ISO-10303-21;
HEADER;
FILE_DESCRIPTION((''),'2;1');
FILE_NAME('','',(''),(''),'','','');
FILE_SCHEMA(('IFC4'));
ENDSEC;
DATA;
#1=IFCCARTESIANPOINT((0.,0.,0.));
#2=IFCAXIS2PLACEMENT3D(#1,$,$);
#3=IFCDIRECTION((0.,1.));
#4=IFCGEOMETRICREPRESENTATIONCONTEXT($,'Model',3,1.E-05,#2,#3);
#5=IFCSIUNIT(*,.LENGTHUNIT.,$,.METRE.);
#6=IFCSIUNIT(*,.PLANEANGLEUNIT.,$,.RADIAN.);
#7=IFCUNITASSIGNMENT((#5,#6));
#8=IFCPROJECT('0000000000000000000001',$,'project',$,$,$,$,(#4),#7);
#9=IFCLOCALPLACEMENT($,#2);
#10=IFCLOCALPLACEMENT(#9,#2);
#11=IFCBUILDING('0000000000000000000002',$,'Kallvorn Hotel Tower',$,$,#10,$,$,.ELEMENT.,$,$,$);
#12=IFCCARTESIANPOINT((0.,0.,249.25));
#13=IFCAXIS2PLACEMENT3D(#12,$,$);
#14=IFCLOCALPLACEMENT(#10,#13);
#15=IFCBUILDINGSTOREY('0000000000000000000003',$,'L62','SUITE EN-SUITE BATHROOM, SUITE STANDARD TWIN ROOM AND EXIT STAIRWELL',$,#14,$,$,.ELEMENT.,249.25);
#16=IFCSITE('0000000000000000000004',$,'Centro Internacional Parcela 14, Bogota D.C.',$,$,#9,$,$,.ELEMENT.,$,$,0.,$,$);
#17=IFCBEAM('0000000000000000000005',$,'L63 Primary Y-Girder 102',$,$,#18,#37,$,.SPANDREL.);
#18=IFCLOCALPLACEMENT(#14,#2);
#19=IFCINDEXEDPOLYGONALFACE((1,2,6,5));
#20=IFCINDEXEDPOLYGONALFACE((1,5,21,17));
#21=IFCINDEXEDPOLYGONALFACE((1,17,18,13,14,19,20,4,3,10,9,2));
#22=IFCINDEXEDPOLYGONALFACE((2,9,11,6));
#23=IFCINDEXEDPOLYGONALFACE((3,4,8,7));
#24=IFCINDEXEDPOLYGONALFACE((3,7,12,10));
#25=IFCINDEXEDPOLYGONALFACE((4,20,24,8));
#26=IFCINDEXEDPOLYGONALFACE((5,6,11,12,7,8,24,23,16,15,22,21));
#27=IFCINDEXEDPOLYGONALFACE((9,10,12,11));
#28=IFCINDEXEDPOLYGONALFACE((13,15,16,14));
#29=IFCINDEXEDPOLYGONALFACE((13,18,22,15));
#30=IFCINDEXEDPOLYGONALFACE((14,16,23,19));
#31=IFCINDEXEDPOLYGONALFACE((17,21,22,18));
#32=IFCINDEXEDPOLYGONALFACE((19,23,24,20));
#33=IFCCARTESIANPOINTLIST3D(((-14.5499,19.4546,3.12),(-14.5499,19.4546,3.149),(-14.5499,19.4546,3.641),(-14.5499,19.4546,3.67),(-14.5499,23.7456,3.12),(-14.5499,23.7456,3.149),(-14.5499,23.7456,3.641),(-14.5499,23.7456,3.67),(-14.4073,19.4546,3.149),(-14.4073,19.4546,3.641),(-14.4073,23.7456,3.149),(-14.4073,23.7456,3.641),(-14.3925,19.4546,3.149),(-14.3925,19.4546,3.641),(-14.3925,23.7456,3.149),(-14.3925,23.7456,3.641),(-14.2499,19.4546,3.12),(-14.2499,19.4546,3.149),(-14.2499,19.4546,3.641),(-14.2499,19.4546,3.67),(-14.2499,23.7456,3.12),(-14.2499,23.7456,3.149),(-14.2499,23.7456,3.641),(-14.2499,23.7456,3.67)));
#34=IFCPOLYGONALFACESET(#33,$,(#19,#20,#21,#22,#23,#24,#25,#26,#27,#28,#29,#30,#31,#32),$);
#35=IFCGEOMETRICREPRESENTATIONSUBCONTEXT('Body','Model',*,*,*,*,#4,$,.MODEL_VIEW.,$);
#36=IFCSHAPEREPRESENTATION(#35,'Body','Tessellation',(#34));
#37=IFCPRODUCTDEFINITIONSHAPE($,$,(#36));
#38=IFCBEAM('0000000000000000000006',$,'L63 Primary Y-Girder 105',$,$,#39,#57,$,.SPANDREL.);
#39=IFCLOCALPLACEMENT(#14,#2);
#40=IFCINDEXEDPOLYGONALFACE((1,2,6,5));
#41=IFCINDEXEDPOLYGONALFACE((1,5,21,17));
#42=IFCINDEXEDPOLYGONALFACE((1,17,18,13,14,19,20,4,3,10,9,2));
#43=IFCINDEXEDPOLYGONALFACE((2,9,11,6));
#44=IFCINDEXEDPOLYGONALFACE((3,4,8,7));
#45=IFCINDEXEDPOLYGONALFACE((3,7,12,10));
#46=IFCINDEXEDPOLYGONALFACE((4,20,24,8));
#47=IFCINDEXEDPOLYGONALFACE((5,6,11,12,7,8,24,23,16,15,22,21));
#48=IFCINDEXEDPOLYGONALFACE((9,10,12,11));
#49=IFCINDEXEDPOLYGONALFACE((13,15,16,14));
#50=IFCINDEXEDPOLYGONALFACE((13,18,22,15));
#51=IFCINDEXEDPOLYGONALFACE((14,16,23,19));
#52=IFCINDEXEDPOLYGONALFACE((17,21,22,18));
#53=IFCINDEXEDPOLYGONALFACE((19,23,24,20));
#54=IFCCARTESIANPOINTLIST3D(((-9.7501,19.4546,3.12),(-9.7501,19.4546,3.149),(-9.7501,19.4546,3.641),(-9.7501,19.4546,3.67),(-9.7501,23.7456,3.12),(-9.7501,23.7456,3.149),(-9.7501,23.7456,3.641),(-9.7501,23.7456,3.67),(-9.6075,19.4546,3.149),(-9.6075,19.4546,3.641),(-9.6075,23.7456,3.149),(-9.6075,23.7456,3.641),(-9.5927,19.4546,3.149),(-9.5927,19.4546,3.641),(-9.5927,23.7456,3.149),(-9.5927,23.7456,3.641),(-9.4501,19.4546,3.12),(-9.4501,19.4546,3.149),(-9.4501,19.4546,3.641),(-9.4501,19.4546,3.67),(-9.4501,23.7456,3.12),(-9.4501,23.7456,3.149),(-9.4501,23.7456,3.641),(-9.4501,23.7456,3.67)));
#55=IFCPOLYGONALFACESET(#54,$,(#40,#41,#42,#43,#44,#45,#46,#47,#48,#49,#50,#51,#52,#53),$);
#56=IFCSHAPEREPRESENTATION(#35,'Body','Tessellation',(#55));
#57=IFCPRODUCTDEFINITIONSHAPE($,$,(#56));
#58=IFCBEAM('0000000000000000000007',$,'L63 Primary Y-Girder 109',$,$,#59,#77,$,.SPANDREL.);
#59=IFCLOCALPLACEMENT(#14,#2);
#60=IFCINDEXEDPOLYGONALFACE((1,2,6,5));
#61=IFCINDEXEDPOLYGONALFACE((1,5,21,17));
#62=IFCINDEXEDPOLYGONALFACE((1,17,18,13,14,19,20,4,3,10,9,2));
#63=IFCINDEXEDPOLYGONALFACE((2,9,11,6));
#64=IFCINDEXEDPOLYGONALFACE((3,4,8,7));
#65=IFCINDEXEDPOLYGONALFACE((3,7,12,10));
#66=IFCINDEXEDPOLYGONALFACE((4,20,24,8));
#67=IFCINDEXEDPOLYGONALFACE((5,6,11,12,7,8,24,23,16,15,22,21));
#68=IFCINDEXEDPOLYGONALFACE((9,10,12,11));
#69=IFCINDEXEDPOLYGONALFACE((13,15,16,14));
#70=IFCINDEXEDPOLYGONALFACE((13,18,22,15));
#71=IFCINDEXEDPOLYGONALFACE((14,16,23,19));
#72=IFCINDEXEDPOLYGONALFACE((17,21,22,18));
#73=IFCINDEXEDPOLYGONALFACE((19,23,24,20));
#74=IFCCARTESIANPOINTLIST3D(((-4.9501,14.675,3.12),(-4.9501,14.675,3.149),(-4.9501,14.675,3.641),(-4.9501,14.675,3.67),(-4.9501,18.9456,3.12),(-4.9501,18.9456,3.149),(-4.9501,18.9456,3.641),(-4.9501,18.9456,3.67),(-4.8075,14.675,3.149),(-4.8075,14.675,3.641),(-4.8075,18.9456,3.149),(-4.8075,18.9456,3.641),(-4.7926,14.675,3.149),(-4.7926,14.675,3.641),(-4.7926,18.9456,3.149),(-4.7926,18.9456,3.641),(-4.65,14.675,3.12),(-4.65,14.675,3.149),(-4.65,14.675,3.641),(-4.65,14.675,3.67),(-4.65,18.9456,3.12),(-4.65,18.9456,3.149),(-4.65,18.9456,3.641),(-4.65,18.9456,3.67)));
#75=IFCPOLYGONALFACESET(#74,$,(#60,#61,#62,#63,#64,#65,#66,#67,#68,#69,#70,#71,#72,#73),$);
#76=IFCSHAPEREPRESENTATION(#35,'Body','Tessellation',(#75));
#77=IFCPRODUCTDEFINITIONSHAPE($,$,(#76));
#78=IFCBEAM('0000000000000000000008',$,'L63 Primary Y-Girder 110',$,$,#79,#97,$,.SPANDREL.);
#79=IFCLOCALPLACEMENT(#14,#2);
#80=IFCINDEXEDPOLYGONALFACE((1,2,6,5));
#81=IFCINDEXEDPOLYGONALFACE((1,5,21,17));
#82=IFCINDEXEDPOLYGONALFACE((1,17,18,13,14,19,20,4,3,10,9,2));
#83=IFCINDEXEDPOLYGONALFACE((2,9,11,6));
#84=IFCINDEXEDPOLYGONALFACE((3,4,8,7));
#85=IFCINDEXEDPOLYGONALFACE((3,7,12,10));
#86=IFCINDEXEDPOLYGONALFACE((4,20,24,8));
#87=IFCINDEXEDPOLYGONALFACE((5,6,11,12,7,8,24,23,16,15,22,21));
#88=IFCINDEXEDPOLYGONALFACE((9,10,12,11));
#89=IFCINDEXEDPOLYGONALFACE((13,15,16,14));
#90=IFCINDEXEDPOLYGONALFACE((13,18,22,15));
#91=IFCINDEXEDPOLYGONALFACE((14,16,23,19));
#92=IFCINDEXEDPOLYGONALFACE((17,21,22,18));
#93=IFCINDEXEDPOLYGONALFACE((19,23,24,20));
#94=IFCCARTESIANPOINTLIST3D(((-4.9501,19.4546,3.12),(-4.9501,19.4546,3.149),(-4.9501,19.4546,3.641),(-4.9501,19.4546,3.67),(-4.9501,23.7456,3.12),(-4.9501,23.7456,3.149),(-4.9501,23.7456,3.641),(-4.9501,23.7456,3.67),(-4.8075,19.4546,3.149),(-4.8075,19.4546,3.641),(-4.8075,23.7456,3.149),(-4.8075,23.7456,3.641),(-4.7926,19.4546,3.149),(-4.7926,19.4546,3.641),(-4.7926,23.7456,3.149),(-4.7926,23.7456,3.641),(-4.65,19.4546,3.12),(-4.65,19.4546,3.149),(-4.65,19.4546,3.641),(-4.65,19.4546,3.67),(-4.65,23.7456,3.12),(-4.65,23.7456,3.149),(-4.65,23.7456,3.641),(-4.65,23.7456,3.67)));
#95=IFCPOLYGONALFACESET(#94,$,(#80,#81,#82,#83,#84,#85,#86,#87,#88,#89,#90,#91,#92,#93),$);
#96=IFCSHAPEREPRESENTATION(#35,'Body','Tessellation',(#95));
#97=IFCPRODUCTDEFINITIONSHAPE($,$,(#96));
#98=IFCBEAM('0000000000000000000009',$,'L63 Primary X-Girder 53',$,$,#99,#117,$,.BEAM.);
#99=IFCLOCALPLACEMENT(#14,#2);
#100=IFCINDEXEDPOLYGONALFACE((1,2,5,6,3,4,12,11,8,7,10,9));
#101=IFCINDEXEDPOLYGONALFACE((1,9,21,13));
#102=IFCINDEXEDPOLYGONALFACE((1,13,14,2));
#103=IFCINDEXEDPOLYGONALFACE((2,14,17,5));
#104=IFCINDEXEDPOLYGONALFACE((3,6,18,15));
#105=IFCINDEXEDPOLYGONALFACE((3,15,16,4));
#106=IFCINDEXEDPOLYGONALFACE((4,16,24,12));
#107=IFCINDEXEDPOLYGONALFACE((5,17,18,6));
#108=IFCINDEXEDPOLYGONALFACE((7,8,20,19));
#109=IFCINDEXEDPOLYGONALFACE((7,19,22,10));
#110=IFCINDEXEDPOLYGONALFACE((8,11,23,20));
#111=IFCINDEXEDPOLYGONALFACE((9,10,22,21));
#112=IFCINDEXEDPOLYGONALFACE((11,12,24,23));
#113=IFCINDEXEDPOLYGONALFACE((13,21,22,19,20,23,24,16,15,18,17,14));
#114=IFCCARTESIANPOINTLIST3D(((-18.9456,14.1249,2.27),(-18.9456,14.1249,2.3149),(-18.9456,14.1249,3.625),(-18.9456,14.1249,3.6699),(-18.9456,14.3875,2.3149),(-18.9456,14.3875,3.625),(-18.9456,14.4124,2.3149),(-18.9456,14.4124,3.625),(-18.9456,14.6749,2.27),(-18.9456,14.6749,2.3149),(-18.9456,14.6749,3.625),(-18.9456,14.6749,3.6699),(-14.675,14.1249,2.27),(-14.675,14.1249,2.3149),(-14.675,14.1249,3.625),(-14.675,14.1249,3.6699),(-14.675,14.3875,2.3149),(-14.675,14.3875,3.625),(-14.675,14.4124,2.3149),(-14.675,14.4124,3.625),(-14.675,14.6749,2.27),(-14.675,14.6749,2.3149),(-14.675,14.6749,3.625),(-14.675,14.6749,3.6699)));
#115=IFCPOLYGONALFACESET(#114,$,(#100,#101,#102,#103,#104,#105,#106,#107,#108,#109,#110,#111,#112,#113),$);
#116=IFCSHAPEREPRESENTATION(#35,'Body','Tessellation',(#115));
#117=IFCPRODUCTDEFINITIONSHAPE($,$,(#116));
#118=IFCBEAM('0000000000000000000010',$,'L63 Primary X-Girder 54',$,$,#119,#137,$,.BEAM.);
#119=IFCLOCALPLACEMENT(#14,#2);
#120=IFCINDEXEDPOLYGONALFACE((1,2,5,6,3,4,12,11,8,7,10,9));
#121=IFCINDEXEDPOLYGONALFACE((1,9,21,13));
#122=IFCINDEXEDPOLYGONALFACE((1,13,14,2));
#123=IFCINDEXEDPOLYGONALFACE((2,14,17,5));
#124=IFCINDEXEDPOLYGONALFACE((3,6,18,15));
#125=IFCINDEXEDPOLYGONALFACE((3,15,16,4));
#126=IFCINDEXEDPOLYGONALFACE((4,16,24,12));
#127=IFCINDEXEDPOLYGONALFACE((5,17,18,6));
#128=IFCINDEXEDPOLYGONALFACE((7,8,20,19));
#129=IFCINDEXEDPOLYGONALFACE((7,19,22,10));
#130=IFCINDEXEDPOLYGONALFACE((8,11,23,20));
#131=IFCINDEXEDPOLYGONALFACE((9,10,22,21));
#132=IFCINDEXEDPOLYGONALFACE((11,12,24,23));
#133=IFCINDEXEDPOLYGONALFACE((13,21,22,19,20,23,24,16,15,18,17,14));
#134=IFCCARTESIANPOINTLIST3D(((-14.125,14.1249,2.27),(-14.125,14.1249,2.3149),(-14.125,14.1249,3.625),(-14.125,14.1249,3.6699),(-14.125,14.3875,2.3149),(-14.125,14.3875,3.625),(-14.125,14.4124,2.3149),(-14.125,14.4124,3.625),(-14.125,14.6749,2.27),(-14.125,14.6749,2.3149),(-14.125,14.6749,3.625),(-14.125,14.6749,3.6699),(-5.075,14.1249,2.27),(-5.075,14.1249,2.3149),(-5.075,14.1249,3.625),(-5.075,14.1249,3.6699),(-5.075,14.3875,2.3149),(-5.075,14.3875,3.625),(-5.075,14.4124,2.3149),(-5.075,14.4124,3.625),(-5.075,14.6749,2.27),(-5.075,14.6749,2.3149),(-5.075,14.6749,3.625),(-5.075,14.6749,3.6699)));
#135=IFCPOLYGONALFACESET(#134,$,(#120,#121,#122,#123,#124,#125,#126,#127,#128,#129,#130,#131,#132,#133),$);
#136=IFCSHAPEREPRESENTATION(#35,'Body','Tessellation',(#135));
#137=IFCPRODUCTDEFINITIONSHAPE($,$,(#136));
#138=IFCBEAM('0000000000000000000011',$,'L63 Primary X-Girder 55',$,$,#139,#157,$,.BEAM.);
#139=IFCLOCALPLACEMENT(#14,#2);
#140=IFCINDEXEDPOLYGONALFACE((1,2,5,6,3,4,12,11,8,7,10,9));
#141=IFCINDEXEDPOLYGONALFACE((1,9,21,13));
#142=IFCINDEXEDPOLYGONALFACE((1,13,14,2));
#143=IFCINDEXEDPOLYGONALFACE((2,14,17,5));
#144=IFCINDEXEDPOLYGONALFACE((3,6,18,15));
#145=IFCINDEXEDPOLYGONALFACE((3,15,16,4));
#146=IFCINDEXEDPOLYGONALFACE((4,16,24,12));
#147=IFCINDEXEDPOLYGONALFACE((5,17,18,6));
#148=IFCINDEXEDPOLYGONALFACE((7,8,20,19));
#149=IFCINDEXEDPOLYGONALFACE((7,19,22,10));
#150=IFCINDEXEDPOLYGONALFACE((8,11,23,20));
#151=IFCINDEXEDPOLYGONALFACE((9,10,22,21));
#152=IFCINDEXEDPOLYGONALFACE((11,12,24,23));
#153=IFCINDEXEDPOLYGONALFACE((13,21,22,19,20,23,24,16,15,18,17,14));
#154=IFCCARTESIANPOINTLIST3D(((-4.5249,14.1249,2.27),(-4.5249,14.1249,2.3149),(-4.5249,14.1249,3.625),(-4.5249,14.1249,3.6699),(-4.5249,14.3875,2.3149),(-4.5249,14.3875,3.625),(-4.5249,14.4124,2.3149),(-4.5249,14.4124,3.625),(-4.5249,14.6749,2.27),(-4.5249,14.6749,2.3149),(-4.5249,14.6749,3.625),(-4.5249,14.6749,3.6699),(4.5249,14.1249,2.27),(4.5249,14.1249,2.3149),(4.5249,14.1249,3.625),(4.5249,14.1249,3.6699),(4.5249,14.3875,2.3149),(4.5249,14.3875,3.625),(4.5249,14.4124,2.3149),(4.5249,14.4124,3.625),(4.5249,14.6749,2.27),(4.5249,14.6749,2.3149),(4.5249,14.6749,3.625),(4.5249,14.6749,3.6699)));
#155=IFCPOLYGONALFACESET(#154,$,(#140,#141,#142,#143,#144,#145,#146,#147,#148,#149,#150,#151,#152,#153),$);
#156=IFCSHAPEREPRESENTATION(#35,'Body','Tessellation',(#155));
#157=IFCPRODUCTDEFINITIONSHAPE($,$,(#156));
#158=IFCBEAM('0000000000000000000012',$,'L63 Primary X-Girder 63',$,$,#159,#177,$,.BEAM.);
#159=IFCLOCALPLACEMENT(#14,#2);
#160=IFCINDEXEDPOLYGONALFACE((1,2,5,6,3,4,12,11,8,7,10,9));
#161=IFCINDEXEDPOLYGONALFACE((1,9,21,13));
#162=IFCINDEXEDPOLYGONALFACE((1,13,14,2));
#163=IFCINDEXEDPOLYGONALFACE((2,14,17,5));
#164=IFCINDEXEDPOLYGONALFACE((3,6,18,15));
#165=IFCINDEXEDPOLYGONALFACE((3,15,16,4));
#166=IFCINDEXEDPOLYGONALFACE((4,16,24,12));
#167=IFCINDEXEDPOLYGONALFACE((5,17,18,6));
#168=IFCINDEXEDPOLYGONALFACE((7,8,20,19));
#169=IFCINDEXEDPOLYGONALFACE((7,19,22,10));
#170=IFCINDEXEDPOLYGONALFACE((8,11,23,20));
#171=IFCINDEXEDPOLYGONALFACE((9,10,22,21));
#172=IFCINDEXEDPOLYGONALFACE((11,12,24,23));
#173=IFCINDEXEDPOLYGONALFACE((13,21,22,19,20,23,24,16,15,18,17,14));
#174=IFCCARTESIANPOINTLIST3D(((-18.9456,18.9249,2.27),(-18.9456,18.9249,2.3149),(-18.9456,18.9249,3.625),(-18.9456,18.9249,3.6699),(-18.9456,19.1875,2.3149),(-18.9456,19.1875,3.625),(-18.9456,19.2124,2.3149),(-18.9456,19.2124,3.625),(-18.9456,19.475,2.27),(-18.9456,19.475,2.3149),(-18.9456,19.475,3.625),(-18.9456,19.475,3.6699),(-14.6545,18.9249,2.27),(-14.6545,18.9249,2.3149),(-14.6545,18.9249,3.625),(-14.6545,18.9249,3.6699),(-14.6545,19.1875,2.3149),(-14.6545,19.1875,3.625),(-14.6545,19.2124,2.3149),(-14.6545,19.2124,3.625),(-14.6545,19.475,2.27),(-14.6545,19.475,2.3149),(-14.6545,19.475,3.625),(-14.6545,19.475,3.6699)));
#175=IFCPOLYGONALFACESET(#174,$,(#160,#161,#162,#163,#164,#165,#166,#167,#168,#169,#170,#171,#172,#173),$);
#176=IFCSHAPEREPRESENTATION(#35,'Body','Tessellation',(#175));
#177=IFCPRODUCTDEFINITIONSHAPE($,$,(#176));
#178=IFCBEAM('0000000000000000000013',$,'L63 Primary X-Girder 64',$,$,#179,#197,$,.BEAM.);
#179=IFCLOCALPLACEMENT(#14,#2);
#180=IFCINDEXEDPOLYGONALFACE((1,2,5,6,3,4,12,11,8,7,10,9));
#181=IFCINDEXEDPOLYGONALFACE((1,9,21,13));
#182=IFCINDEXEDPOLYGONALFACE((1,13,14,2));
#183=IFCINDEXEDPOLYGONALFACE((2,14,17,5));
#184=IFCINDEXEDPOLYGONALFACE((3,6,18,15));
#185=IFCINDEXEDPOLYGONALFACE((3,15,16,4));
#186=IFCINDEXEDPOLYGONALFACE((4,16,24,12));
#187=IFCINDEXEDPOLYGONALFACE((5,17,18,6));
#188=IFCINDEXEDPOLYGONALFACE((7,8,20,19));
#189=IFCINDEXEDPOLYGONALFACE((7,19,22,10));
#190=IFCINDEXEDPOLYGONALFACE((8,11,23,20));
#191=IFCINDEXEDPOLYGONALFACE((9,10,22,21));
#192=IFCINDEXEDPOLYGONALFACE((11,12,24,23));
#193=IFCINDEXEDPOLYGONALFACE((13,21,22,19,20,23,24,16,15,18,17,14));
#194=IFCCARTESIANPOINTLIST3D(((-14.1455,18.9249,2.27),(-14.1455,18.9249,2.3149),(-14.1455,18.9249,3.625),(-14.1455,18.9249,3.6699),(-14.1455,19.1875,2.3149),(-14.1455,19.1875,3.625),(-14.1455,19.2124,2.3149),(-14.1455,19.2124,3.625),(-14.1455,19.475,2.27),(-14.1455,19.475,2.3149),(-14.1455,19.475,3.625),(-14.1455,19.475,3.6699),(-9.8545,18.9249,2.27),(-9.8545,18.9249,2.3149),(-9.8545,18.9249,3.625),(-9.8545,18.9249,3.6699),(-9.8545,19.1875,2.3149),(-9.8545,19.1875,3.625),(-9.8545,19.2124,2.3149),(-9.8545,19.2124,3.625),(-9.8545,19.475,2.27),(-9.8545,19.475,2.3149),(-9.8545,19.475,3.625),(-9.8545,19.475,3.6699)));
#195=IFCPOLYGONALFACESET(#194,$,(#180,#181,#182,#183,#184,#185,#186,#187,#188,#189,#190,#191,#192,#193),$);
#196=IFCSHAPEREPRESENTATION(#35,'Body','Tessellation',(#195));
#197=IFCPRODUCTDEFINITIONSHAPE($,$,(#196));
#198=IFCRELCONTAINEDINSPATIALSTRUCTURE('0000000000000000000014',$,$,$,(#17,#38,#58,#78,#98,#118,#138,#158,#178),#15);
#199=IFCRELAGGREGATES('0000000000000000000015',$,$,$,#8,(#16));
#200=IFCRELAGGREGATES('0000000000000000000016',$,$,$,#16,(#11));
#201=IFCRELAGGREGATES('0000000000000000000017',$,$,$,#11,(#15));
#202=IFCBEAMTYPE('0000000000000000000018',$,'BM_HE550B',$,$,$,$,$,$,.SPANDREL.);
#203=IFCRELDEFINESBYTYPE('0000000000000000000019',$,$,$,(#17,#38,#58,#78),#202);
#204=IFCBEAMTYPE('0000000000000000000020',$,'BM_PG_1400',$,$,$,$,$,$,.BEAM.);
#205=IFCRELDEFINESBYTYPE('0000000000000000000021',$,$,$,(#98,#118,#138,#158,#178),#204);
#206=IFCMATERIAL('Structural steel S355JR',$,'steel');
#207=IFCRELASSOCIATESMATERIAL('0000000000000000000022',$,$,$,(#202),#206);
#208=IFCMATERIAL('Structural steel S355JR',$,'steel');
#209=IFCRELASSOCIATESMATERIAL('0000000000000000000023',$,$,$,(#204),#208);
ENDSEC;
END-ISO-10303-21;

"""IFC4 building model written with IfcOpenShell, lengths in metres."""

from ifc_helpers import new_model, si_unit, direction, frame, origin, origin_2d, place, context, subcontext, project, spatial, i_section, extrude, material, material_profile, profile_set, type_object, element, save


model = new_model("IFC4")

# Units and contexts
model_context = context("Model", 3, precision=1e-05, world=origin(), true_north=direction((0.0, 1.0)))
body_context = subcontext(model_context, "Body", "Model", "MODEL_VIEW")
ifc_project = project(units=[si_unit("LENGTHUNIT", "METRE"), si_unit("PLANEANGLEUNIT", "RADIAN")], contexts=[model_context])

# Site, building, storey
site_placement = place(None, origin())
site = spatial("IfcSite", under=ifc_project, at=site_placement, Name="Centro Internacional Parcela 14, Bogota D.C.", CompositionType="ELEMENT", RefElevation=0.0)
building_placement = place(site_placement, origin())
building = spatial("IfcBuilding", under=site, at=building_placement, Name="Kallvorn Hotel Tower", CompositionType="ELEMENT")
storey_placement = place(building_placement, frame((0.0, 0.0, 249.25)))
storey = spatial("IfcBuildingStorey", under=building, at=storey_placement, Name="L62", Description="SUITE EN-SUITE BATHROOM, SUITE STANDARD TWIN ROOM AND EXIT STAIRWELL", CompositionType="ELEMENT", Elevation=249.25)

# Beams
ifc_material_1 = material(Name="Structural steel S355JR", Category="steel")
ifc_material_profile_1 = material_profile(ifc_material_1, i_section(OverallWidth=0.3, OverallDepth=0.55, WebThickness=0.0149, FlangeThickness=0.0291, at=origin_2d()), Name="HE 550 B")
ifc_profile_set_1 = profile_set([ifc_material_profile_1], Name="Structural steel S355JR")
beam_type_1 = type_object("IfcBeamType", Name="BM_HE550B", PredefinedType="SPANDREL", material=ifc_profile_set_1)
for number, where, z_axis, x_axis, name in (
    (1, (-14.3999, 19.4546, 3.395), (0.0, 1.0, 0.0), (-1.0, 0.0, 0.0), "L63 Primary Y-Girder 102"),
    (2, (-9.6001, 19.4546, 3.395), (0.0, 1.0, 0.0), (-1.0, 0.0, 0.0), "L63 Primary Y-Girder 105"),
):
    element("IfcBeam", number, at=place(storey_placement, frame(where, z_axis=z_axis, x_axis=x_axis)), inside=storey, type_object=beam_type_1, Name=name, PredefinedType="SPANDREL", context=body_context, shape_type="SweptSolid", body=[
        extrude(i_section(OverallWidth=0.3, OverallDepth=0.55, WebThickness=0.0149, FlangeThickness=0.0291, at=origin_2d()), origin(), (0.0, 0.0, 1.0), 4.291),
    ])
beam_1_placement = place(storey_placement, frame((-4.8, 14.675, 3.395), z_axis=(0.0, 1.0, 0.0), x_axis=(-1.0, 0.0, 0.0)))
element("IfcBeam", 3, at=beam_1_placement, inside=storey, type_object=beam_type_1, Name="L63 Primary Y-Girder 109", PredefinedType="SPANDREL", context=body_context, shape_type="SweptSolid", body=[
    extrude(i_section(OverallWidth=0.3, OverallDepth=0.55, WebThickness=0.0149, FlangeThickness=0.0291, at=origin_2d()), origin(), (0.0, 0.0, 1.0), 4.2705),
])
beam_2_placement = place(storey_placement, frame((-4.8, 19.4546, 3.395), z_axis=(0.0, 1.0, 0.0), x_axis=(-1.0, 0.0, 0.0)))
element("IfcBeam", 4, at=beam_2_placement, inside=storey, type_object=beam_type_1, Name="L63 Primary Y-Girder 110", PredefinedType="SPANDREL", context=body_context, shape_type="SweptSolid", body=[
    extrude(i_section(OverallWidth=0.3, OverallDepth=0.55, WebThickness=0.0149, FlangeThickness=0.0291, at=origin_2d()), origin(), (0.0, 0.0, 1.0), 4.291),
])
ifc_material_2 = material(Name="Structural steel S355JR", Category="steel")
ifc_material_profile_2 = material_profile(ifc_material_2, i_section(OverallWidth=0.55, OverallDepth=1.3999, WebThickness=0.0249, FlangeThickness=0.0449, at=origin_2d()), Name="PG 1400x550x25x45")
ifc_profile_set_2 = profile_set([ifc_material_profile_2], Name="Structural steel S355JR")
beam_type_2 = type_object("IfcBeamType", Name="BM_PG_1400", PredefinedType="BEAM", material=ifc_profile_set_2)
beam_3_placement = place(storey_placement, frame((-18.9456, 14.3999, 2.97), z_axis=(1.0, 0.0, 0.0), x_axis=(0.0, 1.0, 0.0)))
element("IfcBeam", 5, at=beam_3_placement, inside=storey, type_object=beam_type_2, Name="L63 Primary X-Girder 53", PredefinedType="BEAM", context=body_context, shape_type="SweptSolid", body=[
    extrude(i_section(OverallWidth=0.55, OverallDepth=1.3999, WebThickness=0.0249, FlangeThickness=0.0449, at=origin_2d()), origin(), (0.0, 0.0, 1.0), 4.2705),
])
beam_4_placement = place(storey_placement, frame((-14.125, 14.3999, 2.97), z_axis=(1.0, 0.0, 0.0), x_axis=(0.0, 1.0, 0.0)))
element("IfcBeam", 6, at=beam_4_placement, inside=storey, type_object=beam_type_2, Name="L63 Primary X-Girder 54", PredefinedType="BEAM", context=body_context, shape_type="SweptSolid", body=[
    extrude(i_section(OverallWidth=0.55, OverallDepth=1.3999, WebThickness=0.0249, FlangeThickness=0.0449, at=origin_2d()), origin(), (0.0, 0.0, 1.0), 9.05),
])
beam_5_placement = place(storey_placement, frame((-4.5249, 14.3999, 2.97), z_axis=(1.0, 0.0, 0.0), x_axis=(0.0, 1.0, 0.0)))
element("IfcBeam", 7, at=beam_5_placement, inside=storey, type_object=beam_type_2, Name="L63 Primary X-Girder 55", PredefinedType="BEAM", context=body_context, shape_type="SweptSolid", body=[
    extrude(i_section(OverallWidth=0.55, OverallDepth=1.3999, WebThickness=0.0249, FlangeThickness=0.0449, at=origin_2d()), origin(), (0.0, 0.0, 1.0), 9.0498),
])
for number, where, z_axis, x_axis, name in (
    (8, (-18.9456, 19.2, 2.97), (1.0, 0.0, 0.0), (0.0, 1.0, 0.0), "L63 Primary X-Girder 63"),
    (9, (-14.1455, 19.2, 2.97), (1.0, 0.0, 0.0), (0.0, 1.0, 0.0), "L63 Primary X-Girder 64"),
):
    element("IfcBeam", number, at=place(storey_placement, frame(where, z_axis=z_axis, x_axis=x_axis)), inside=storey, type_object=beam_type_2, Name=name, PredefinedType="BEAM", context=body_context, shape_type="SweptSolid", body=[
        extrude(i_section(OverallWidth=0.55, OverallDepth=1.3999, WebThickness=0.0249, FlangeThickness=0.0449, at=origin_2d()), origin(), (0.0, 0.0, 1.0), 4.291),
    ])

save(model, "model.ifc")
